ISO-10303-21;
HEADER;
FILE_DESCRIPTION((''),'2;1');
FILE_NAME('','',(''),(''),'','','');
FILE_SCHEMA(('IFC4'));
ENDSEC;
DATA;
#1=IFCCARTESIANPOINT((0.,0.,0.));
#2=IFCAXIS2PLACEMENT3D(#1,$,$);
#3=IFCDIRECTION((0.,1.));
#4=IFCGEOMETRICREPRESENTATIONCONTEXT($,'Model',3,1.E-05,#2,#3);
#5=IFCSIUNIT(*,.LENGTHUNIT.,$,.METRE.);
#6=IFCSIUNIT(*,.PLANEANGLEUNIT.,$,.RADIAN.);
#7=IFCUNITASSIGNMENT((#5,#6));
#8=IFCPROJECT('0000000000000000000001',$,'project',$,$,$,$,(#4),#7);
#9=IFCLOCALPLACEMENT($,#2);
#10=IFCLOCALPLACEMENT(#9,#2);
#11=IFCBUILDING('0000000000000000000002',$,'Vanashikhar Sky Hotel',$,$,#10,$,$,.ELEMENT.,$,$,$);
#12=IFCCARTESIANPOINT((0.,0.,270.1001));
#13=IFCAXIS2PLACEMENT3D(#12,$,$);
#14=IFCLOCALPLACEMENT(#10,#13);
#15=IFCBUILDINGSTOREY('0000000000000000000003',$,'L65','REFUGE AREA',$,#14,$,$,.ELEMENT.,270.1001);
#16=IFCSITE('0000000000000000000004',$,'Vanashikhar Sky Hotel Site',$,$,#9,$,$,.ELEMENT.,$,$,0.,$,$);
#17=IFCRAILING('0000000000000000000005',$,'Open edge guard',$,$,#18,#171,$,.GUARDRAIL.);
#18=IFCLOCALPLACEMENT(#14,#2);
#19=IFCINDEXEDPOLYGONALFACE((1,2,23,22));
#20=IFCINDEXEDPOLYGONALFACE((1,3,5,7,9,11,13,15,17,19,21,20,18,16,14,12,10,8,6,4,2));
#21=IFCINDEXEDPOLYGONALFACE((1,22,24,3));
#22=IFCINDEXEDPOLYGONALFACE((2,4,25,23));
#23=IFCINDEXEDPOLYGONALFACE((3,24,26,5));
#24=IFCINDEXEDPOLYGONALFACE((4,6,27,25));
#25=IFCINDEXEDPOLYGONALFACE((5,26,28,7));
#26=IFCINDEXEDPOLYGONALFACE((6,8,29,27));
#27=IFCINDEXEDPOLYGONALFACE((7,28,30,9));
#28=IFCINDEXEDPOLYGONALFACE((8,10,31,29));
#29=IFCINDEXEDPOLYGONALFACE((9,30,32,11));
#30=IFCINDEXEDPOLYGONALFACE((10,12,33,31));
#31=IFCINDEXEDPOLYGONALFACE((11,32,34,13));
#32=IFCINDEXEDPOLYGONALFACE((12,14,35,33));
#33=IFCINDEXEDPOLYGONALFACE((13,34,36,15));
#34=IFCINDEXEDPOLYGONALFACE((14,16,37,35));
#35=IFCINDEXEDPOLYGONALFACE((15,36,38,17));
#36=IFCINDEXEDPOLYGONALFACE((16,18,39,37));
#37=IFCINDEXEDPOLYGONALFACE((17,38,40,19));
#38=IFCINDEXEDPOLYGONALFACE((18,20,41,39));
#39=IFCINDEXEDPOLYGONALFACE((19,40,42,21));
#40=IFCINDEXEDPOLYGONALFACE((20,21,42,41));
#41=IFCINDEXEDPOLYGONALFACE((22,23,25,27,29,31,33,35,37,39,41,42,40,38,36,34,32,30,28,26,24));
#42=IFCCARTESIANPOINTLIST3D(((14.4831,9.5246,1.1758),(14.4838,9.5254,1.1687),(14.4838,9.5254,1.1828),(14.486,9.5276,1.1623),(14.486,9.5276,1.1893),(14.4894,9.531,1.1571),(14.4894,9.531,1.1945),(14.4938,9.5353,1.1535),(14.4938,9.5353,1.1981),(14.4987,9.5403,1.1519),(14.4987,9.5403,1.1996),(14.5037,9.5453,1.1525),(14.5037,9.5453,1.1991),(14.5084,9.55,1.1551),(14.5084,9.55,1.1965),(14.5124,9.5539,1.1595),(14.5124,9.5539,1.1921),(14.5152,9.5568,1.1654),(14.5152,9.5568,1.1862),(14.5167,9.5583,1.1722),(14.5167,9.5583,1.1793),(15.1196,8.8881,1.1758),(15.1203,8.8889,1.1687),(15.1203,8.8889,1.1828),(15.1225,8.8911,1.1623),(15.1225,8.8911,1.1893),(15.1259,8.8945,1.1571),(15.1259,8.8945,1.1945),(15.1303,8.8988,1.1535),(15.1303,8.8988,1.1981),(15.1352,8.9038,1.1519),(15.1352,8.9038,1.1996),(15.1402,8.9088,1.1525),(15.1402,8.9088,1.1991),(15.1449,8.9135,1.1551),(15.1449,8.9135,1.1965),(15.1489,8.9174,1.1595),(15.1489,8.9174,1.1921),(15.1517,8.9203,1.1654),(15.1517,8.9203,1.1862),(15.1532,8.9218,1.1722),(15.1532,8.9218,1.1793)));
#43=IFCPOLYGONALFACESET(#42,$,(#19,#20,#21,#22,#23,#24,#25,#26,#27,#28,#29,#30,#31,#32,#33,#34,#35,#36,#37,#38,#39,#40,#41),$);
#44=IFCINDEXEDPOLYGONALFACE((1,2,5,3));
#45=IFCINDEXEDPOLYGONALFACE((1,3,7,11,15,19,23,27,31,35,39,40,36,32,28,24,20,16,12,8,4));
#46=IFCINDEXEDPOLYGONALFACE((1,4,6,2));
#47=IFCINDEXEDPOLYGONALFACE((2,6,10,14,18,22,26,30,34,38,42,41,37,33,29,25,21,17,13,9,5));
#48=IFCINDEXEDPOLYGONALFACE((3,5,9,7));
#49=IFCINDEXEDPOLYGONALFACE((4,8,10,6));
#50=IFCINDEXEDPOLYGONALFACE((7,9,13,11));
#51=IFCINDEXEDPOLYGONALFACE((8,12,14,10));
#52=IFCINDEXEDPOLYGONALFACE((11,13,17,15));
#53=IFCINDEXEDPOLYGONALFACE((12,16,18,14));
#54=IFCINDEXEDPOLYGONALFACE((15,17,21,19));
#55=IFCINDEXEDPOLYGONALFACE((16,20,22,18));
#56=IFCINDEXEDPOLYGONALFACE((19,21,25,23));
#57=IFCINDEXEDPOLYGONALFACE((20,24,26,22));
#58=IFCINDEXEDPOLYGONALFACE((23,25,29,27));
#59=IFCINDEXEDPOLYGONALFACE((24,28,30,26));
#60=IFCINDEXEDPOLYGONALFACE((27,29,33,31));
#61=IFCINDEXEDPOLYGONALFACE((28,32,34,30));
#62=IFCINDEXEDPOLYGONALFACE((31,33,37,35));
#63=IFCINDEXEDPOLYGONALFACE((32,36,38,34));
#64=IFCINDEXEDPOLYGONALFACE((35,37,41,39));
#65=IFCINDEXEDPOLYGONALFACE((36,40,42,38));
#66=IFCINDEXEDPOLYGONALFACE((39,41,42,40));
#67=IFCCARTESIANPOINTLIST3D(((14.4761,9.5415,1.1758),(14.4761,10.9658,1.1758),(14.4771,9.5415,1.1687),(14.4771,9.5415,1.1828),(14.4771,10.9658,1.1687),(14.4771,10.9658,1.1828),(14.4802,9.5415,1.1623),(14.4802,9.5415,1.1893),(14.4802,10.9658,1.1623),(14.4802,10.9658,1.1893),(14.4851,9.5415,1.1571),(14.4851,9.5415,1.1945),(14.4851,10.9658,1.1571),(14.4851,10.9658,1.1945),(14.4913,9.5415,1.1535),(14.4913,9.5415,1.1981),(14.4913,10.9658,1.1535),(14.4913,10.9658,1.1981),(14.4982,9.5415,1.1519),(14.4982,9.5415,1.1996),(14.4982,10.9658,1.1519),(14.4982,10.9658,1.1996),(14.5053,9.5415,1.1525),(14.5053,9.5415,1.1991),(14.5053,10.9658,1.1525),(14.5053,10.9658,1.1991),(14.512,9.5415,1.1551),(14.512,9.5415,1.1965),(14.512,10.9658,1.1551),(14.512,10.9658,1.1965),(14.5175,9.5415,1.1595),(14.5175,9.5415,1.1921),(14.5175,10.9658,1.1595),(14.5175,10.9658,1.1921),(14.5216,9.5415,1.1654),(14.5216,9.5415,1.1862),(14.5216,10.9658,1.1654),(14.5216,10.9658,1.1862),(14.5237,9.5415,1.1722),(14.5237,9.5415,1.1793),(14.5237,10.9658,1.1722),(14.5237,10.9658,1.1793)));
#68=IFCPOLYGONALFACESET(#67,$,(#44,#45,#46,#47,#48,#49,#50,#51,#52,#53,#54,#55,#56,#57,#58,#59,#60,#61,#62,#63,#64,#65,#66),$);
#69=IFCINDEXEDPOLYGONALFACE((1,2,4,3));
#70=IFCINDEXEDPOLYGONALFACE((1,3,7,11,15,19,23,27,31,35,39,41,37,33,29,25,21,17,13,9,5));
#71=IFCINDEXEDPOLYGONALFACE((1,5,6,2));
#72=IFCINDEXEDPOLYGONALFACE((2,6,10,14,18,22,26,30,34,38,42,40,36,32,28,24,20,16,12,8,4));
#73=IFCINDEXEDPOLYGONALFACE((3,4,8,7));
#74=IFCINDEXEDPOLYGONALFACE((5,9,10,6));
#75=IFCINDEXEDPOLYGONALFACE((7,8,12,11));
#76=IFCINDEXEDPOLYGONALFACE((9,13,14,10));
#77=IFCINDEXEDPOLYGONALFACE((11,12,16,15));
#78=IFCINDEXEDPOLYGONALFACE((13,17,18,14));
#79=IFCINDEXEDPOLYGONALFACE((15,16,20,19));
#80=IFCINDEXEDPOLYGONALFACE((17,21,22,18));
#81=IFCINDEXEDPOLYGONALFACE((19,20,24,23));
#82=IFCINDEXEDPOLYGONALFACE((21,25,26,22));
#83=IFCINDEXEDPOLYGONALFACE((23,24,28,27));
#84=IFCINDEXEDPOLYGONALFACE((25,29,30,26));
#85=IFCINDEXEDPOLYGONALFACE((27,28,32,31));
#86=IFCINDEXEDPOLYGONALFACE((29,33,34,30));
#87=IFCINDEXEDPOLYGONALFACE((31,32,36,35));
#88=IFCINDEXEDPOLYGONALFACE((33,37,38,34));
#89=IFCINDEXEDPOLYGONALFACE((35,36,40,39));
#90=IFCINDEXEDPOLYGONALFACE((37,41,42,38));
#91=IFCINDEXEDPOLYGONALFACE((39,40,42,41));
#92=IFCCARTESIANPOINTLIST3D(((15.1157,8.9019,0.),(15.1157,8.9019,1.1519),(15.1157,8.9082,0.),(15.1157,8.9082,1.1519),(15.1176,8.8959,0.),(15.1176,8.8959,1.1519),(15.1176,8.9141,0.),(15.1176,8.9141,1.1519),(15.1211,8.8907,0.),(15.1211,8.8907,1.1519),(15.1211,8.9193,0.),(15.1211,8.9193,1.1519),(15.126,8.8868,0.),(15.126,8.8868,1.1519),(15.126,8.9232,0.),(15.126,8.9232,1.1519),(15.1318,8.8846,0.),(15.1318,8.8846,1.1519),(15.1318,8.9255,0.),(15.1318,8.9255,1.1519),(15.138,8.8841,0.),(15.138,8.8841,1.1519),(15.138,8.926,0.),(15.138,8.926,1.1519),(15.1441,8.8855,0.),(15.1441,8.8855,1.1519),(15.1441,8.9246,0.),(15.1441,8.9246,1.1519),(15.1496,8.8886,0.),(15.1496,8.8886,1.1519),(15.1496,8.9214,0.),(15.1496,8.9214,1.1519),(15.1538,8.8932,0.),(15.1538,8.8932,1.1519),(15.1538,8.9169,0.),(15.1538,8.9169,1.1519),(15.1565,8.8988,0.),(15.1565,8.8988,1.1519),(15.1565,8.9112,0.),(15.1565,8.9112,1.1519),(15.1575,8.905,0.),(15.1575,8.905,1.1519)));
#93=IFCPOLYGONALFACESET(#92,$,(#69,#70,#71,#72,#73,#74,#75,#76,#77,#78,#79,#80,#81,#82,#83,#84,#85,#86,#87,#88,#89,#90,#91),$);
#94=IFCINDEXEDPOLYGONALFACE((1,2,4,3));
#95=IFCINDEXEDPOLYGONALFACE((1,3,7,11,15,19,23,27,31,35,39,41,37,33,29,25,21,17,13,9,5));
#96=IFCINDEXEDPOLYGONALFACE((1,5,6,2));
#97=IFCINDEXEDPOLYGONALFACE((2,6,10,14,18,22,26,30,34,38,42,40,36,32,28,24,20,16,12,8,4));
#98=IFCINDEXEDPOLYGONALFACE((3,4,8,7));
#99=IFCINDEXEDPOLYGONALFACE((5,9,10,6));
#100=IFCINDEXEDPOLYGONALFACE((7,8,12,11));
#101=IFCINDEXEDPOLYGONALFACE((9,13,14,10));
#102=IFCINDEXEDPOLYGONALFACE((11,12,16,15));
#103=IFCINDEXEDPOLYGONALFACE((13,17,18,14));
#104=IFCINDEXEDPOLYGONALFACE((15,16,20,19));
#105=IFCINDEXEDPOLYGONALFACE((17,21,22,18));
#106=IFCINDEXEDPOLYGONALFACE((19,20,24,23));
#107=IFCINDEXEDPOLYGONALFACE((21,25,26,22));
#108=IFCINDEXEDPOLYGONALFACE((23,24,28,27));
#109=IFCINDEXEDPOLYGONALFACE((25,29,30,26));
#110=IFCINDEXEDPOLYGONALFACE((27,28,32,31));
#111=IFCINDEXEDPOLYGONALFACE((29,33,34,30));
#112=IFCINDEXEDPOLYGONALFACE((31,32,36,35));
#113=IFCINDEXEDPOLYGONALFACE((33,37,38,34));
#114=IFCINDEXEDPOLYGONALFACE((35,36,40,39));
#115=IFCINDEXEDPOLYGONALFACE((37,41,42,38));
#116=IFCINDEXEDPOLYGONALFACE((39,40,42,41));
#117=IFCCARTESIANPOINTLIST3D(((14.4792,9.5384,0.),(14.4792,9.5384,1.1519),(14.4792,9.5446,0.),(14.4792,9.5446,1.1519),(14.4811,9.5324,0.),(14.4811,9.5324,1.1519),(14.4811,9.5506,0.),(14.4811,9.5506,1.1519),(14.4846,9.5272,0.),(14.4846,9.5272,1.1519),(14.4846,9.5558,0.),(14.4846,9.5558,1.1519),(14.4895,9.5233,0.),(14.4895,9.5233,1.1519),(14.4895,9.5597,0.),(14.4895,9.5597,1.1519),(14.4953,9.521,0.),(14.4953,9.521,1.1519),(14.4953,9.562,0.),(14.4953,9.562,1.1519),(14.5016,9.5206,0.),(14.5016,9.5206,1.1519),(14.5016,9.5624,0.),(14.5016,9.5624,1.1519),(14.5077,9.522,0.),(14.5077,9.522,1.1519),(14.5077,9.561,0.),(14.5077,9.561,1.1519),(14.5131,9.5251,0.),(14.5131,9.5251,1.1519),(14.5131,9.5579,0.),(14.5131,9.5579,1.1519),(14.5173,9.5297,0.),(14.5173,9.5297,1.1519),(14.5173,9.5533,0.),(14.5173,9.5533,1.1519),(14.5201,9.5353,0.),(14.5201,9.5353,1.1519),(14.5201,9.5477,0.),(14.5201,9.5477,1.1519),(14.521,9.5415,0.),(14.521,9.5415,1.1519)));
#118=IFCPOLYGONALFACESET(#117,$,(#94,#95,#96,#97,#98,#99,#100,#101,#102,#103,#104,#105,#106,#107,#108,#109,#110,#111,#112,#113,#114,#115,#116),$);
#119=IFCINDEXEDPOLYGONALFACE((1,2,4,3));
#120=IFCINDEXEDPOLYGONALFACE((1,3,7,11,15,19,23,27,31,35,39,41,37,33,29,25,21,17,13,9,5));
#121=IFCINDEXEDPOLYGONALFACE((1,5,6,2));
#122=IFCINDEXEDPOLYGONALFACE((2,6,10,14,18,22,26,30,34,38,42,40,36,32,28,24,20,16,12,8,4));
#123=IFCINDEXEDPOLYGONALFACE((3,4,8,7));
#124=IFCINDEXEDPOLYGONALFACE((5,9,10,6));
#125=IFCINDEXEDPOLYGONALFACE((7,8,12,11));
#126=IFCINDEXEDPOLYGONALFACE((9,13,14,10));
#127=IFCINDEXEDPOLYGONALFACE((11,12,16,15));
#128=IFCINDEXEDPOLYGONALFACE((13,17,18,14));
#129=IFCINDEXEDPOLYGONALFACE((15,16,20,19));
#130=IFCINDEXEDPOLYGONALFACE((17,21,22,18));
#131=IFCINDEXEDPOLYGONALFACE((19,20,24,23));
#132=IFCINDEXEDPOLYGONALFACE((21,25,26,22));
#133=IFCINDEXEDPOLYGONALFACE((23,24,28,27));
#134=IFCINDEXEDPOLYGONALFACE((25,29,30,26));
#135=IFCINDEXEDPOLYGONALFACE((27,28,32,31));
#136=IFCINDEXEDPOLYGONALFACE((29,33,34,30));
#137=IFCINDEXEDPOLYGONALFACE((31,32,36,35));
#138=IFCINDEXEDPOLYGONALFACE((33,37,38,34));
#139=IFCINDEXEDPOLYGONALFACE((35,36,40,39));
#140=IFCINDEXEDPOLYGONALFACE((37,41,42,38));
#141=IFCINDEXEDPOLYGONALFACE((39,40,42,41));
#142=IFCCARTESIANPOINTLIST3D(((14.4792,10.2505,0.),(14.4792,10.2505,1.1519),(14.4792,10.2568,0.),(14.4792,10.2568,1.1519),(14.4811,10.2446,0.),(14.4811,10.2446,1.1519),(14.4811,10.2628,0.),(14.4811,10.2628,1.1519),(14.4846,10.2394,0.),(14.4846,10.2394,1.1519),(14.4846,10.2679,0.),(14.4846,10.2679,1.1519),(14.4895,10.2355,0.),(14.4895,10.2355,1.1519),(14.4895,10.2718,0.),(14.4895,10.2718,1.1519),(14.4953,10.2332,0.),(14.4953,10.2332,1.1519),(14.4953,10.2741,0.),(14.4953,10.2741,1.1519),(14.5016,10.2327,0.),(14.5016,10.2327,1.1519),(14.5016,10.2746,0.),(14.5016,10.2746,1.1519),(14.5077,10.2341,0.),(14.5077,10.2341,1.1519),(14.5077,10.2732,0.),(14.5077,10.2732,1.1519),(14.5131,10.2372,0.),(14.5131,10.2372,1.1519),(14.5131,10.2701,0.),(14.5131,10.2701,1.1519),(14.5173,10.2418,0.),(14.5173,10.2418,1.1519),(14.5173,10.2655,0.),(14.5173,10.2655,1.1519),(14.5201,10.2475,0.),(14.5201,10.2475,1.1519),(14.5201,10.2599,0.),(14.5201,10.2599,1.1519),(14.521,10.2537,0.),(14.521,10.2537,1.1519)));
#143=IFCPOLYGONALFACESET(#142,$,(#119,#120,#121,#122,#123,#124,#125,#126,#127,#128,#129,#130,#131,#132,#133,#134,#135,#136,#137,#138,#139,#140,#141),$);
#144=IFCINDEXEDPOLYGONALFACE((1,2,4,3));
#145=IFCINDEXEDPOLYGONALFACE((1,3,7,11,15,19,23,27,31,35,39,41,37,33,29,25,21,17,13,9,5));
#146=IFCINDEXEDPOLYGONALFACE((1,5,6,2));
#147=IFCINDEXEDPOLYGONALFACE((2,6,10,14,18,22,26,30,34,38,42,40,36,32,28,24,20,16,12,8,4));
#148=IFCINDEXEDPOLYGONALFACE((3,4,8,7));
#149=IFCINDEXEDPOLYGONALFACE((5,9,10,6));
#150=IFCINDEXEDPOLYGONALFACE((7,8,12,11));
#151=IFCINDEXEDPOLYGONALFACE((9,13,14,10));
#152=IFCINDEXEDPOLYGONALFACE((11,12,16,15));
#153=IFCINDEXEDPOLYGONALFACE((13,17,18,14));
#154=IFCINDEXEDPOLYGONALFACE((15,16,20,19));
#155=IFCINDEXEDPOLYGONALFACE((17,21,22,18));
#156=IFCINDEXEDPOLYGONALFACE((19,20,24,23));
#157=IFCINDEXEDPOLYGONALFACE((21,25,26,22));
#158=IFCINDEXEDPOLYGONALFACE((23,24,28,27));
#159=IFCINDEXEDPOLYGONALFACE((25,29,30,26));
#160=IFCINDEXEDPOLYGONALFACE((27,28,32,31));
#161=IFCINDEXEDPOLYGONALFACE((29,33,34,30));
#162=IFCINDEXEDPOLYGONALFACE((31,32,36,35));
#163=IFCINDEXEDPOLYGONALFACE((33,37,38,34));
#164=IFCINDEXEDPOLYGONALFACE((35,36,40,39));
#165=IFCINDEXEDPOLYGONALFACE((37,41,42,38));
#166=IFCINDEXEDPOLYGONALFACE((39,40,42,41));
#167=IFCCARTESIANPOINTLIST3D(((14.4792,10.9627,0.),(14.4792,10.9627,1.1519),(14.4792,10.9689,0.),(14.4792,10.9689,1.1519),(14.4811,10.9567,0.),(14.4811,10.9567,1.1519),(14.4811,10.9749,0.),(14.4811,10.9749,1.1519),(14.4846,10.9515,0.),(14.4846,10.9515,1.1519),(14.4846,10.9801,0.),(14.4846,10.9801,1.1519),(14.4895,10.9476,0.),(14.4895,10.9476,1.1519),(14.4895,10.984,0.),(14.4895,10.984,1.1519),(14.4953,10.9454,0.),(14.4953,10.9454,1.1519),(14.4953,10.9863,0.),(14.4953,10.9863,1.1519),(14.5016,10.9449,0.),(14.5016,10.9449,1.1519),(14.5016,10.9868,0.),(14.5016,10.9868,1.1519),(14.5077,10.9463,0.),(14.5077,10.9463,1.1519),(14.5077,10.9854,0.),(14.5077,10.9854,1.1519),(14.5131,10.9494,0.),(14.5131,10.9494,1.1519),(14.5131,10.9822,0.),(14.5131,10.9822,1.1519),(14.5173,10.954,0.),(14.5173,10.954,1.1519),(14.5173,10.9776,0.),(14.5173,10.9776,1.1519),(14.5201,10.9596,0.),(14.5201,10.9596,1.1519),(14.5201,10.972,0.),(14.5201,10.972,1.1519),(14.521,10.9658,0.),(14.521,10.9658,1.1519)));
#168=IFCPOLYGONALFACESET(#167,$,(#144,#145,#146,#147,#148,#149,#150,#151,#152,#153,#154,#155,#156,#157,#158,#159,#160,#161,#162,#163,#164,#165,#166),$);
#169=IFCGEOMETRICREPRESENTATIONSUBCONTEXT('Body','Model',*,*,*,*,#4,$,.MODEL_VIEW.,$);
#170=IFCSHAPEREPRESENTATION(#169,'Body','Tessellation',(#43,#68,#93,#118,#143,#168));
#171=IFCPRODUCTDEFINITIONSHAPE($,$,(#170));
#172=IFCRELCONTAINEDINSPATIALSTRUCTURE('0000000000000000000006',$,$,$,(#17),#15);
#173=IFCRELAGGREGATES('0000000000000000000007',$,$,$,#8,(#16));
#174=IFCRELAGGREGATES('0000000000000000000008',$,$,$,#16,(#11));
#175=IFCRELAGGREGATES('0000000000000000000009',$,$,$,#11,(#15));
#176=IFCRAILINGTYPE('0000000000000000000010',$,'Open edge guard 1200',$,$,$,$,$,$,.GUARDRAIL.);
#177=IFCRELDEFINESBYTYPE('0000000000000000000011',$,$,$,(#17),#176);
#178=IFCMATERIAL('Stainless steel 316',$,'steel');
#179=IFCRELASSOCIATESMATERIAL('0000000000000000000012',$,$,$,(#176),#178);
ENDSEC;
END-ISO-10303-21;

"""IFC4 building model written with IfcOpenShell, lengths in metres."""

from ifc_helpers import new_model, si_unit, direction, frame, origin, origin_2d, place, context, subcontext, project, spatial, circle, extrude, source, transform, mapped, material, type_object, element, save


model = new_model("IFC4")

# Units and contexts
model_context = context("Model", 3, precision=1e-05, world=origin(), true_north=direction((0.0, 1.0)))
body_context = subcontext(model_context, "Body", "Model", "MODEL_VIEW")
ifc_project = project(units=[si_unit("LENGTHUNIT", "METRE"), si_unit("PLANEANGLEUNIT", "RADIAN")], contexts=[model_context])

# Site, building, storey
site_placement = place(None, origin())
site = spatial("IfcSite", under=ifc_project, at=site_placement, Name="Vanashikhar Sky Hotel Site", CompositionType="ELEMENT", RefElevation=0.0)
building_placement = place(site_placement, origin())
building = spatial("IfcBuilding", under=site, at=building_placement, Name="Vanashikhar Sky Hotel", CompositionType="ELEMENT")
storey_placement = place(building_placement, frame((0.0, 0.0, 270.1001)))
storey = spatial("IfcBuildingStorey", under=building, at=storey_placement, Name="L65", Description="REFUGE AREA", CompositionType="ELEMENT", Elevation=270.1001)

# Railing
ifc_material_1 = material(Name="Stainless steel 316", Category="steel")
railing_type = type_object("IfcRailingType", Name="Open edge guard 1200", PredefinedType="GUARDRAIL", material=ifc_material_1)
shared_shape_1 = source(origin(), body_context, "Body", "SweptSolid", [
    extrude(circle(Radius=0.0239, at=origin_2d()), frame((0.0, 0.0, 1.1758), z_axis=(-0.707107, 0.707107, 0.0), x_axis=(-0.707107, -0.707107, 0.0)), (0.0, 0.0, 1.0), 0.9001),
    extrude(circle(Radius=0.0239, at=origin_2d()), frame((-0.6365, 0.6365, 1.1758), z_axis=(0.0, 1.0, 0.0), x_axis=(-1.0, 0.0, 0.0)), (0.0, 0.0, 1.0), 1.4243),
    extrude(circle(Radius=0.021, at=origin_2d()), origin(), (0.0, 0.0, 1.0), 1.1519),
    extrude(circle(Radius=0.021, at=origin_2d()), frame((-0.6365, 0.6365, 0.0)), (0.0, 0.0, 1.0), 1.1519),
    extrude(circle(Radius=0.021, at=origin_2d()), frame((-0.6365, 1.3486, 0.0)), (0.0, 0.0, 1.0), 1.1519),
    extrude(circle(Radius=0.021, at=origin_2d()), frame((-0.6365, 2.0608, 0.0)), (0.0, 0.0, 1.0), 1.1519),
])
railing_1_placement = place(storey_placement, frame((15.1365, 8.905, 0.0)))
element("IfcRailing", 1, at=railing_1_placement, inside=storey, type_object=railing_type, Name="Open edge guard", PredefinedType="GUARDRAIL", context=body_context, shape_type="MappedRepresentation", body=[
    mapped(shared_shape_1, transform((0.0, 0.0, 0.0), scale=1.0)),
])

save(model, "model.ifc")
